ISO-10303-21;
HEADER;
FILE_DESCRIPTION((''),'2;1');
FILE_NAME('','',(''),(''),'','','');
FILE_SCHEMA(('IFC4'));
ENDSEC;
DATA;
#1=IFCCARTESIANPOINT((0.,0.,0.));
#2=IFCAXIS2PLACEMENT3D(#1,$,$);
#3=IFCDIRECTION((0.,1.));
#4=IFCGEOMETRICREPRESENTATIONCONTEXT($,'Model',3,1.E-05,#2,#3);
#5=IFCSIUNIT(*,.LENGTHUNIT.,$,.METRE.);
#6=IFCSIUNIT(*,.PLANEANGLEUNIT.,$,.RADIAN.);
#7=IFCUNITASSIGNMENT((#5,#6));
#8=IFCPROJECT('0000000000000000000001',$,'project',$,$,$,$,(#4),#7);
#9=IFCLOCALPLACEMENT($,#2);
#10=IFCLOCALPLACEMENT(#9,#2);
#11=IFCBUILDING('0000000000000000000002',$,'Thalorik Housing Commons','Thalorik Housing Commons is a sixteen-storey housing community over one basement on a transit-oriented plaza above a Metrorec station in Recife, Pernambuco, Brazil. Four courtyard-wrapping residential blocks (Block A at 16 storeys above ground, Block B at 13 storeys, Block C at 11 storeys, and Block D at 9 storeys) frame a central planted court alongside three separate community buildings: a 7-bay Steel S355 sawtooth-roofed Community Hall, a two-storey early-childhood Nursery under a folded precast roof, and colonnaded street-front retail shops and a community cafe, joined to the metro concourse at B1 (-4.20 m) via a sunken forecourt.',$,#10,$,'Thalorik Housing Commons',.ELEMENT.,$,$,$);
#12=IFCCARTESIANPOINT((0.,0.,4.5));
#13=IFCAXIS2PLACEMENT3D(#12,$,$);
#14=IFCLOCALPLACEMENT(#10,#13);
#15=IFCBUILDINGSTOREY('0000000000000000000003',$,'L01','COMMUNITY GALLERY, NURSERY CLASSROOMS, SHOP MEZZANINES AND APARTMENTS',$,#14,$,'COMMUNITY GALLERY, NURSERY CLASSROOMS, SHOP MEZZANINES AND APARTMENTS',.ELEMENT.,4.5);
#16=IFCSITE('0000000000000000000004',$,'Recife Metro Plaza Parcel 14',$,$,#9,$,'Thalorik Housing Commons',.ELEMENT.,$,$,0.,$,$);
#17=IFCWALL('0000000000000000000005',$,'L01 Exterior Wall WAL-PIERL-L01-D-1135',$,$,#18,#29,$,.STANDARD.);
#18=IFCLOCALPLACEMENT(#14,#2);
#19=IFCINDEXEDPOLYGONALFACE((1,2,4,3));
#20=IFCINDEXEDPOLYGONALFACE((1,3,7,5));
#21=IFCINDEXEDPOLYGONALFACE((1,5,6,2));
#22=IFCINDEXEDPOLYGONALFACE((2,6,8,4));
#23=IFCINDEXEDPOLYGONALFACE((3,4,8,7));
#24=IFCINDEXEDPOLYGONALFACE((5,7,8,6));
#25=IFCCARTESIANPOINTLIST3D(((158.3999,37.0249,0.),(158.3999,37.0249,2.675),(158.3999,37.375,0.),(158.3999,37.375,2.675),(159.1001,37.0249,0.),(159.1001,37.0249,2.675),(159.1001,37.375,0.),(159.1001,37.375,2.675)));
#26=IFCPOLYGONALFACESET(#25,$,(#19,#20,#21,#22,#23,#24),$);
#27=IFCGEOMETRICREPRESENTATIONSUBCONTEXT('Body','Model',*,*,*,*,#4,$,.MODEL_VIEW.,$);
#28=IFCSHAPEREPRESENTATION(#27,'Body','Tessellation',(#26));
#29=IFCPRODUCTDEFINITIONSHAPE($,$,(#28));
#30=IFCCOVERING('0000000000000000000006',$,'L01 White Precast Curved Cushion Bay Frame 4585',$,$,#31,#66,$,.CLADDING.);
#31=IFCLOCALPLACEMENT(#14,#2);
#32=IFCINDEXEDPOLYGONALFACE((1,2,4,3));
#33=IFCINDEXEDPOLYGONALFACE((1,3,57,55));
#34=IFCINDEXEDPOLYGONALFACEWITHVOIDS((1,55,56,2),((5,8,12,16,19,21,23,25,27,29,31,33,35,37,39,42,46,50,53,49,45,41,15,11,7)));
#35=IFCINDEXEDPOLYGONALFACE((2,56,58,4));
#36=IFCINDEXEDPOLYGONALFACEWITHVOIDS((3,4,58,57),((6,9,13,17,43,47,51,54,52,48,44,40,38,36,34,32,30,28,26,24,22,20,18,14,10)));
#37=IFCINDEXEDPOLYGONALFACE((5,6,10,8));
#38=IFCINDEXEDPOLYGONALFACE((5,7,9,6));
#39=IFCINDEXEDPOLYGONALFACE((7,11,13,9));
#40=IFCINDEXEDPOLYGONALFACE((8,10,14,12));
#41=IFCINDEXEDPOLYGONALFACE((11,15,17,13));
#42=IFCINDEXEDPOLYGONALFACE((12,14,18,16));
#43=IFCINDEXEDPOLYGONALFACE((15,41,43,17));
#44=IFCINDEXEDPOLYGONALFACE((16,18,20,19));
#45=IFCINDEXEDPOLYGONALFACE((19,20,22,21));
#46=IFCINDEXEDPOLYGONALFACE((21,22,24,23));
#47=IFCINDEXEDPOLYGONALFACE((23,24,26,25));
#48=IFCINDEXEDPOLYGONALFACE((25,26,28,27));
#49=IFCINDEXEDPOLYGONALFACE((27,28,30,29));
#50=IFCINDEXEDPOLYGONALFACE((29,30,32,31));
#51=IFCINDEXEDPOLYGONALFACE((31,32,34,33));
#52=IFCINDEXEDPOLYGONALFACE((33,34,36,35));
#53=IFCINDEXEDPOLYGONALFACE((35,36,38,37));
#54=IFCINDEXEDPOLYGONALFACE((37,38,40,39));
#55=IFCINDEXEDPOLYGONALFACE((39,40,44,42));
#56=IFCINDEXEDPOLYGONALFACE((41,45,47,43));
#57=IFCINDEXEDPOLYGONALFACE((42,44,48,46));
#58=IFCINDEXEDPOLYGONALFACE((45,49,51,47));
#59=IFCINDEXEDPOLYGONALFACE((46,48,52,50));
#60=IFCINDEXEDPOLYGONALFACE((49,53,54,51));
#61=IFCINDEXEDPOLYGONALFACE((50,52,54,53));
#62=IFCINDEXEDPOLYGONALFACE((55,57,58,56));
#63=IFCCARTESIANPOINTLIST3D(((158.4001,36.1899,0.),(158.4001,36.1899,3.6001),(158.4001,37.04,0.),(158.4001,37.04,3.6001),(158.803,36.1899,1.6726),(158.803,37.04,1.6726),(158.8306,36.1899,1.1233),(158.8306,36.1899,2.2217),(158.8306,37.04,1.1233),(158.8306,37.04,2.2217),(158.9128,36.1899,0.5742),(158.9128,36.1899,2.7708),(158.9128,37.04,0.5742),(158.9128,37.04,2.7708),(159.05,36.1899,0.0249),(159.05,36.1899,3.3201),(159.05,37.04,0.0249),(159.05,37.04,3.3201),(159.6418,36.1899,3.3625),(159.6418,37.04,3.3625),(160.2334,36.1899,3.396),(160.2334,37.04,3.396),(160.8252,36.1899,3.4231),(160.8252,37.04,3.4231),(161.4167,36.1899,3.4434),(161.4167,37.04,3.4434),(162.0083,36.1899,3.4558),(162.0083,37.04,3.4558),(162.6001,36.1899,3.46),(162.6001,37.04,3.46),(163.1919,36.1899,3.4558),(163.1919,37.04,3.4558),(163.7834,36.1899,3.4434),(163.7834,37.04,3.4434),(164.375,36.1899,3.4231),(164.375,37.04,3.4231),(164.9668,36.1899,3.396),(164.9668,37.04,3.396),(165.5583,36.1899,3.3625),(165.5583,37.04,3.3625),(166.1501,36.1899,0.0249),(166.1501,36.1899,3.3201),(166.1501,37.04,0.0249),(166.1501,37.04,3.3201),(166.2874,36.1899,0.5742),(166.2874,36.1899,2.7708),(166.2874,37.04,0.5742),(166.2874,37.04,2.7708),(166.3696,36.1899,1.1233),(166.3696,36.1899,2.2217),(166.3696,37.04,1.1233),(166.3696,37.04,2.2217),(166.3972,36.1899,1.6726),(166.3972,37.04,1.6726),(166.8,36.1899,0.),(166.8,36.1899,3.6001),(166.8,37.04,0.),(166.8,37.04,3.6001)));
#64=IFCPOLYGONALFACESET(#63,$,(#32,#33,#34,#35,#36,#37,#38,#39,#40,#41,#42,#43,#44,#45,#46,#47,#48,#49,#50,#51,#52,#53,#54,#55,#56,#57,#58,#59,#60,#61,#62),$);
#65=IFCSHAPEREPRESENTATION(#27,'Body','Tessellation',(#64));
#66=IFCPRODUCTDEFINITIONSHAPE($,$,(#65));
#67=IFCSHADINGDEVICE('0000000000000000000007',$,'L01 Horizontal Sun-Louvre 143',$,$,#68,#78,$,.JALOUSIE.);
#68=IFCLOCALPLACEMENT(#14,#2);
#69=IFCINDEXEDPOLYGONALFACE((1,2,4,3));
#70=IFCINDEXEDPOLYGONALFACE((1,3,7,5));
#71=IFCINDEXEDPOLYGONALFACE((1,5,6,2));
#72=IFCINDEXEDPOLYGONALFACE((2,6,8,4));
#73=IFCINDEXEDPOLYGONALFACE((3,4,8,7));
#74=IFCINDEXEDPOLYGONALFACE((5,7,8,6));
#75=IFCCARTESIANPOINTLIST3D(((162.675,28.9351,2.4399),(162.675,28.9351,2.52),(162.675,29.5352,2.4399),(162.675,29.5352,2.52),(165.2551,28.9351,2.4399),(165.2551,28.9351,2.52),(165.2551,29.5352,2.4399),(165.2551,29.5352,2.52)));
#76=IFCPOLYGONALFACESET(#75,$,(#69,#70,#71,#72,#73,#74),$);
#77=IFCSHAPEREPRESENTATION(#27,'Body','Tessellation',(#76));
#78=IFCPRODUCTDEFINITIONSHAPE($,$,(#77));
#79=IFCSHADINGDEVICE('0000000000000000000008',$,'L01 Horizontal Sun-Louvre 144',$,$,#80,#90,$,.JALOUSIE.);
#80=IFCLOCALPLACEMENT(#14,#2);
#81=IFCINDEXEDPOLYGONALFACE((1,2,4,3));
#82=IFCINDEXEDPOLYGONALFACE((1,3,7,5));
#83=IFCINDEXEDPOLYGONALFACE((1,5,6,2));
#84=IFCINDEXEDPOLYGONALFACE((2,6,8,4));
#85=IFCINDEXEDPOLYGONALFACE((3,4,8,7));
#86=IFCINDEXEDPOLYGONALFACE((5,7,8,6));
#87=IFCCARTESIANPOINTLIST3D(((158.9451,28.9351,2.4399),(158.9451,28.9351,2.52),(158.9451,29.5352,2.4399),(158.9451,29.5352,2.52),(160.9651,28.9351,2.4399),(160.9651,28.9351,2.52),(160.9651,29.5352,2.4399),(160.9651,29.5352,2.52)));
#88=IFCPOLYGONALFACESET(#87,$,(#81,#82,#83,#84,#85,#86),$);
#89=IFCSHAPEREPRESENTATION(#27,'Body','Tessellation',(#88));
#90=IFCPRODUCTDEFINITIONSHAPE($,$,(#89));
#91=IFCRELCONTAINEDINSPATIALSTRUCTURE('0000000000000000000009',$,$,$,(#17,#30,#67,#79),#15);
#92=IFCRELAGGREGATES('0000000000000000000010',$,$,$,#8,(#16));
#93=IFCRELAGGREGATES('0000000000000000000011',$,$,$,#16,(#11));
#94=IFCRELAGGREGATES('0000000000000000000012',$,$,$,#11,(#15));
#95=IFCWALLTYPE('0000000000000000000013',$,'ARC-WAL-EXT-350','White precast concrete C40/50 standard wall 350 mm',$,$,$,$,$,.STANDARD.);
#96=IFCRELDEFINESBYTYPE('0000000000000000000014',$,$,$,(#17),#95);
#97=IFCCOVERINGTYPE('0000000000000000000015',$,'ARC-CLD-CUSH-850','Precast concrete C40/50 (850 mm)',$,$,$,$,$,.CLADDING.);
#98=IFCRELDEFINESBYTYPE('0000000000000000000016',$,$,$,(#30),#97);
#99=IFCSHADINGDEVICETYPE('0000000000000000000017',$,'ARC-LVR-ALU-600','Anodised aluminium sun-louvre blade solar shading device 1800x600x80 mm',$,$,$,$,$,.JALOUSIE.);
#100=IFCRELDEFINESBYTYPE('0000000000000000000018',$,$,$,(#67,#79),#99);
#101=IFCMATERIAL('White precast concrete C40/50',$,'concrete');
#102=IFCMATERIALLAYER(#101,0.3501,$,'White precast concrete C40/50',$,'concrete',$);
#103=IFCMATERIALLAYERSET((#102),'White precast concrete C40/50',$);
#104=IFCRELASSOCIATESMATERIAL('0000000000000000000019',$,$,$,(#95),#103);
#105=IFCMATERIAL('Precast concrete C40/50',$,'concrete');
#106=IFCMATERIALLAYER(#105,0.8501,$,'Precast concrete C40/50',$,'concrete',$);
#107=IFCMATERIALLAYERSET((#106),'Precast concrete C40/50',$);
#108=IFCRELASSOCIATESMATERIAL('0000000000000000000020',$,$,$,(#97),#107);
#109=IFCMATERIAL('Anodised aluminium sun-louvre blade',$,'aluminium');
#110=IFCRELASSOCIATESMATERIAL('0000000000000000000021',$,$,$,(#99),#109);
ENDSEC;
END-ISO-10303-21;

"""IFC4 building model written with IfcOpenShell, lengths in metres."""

from ifc_helpers import new_model, si_unit, direction, frame, frame_2d, origin, origin_2d, place, context, subcontext, project, spatial, polyline, rectangle, outline, extrude, material, layer, layer_set, type_object, element, save


model = new_model("IFC4")

# Units and contexts
model_context = context("Model", 3, precision=1e-05, world=origin(), true_north=direction((0.0, 1.0)))
body_context = subcontext(model_context, "Body", "Model", "MODEL_VIEW")
ifc_project = project(units=[si_unit("LENGTHUNIT", "METRE"), si_unit("PLANEANGLEUNIT", "RADIAN")], contexts=[model_context])

# Site, building, storey
site_placement = place(None, origin())
site = spatial("IfcSite", under=ifc_project, at=site_placement, Name="Recife Metro Plaza Parcel 14", LongName="Thalorik Housing Commons", CompositionType="ELEMENT", RefElevation=0.0)
building_placement = place(site_placement, origin())
building = spatial("IfcBuilding", under=site, at=building_placement, Name="Thalorik Housing Commons", Description="Thalorik Housing Commons is a sixteen-storey housing community over one basement on a transit-oriented plaza above a Metrorec station in Recife, Pernambuco, Brazil. Four courtyard-wrapping residential blocks (Block A at 16 storeys above ground, Block B at 13 storeys, Block C at 11 storeys, and Block D at 9 storeys) frame a central planted court alongside three separate community buildings: a 7-bay Steel S355 sawtooth-roofed Community Hall, a two-storey early-childhood Nursery under a folded precast roof, and colonnaded street-front retail shops and a community cafe, joined to the metro concourse at B1 (-4.20 m) via a sunken forecourt.", LongName="Thalorik Housing Commons", CompositionType="ELEMENT")
storey_placement = place(building_placement, frame((0.0, 0.0, 4.5)))
storey = spatial("IfcBuildingStorey", under=building, at=storey_placement, Name="L01", Description="COMMUNITY GALLERY, NURSERY CLASSROOMS, SHOP MEZZANINES AND APARTMENTS", LongName="COMMUNITY GALLERY, NURSERY CLASSROOMS, SHOP MEZZANINES AND APARTMENTS", CompositionType="ELEMENT", Elevation=4.5)

# Shared definitions
ifc_material_1 = material(Name="Precast concrete C40/50", Category="concrete")

# Wall
ifc_material_2 = material(Name="White precast concrete C40/50", Category="concrete")
ifc_layer_1 = layer(ifc_material_2, 0.3501, Name="White precast concrete C40/50", Category="concrete")
ifc_layer_set_1 = layer_set([ifc_layer_1], Name="White precast concrete C40/50")
wall_type_1 = type_object("IfcWallType", Name="ARC-WAL-EXT-350", Description="White precast concrete C40/50 standard wall 350 mm", PredefinedType="STANDARD", material=ifc_layer_set_1)
wall_1_placement = place(storey_placement, frame((158.3999, 37.2, 0.0), z_axis=(0.0, 0.0, 1.0), x_axis=(1.0, 0.0, 0.0)))
element("IfcWall", 1, at=wall_1_placement, inside=storey, type_object=wall_type_1, Name="L01 Exterior Wall WAL-PIERL-L01-D-1135", PredefinedType="STANDARD", context=body_context, shape_type="SweptSolid", body=[
    extrude(rectangle(XDim=0.7002, YDim=0.3501, at=frame_2d((0.3501, 0.0))), origin(), (0.0, 0.0, 1.0), 2.675),
])

# Covering
ifc_layer_2 = layer(ifc_material_1, 0.8501, Name="Precast concrete C40/50", Category="concrete")
ifc_layer_set_2 = layer_set([ifc_layer_2], Name="Precast concrete C40/50")
covering_type = type_object("IfcCoveringType", Name="ARC-CLD-CUSH-850", Description="Precast concrete C40/50 (850 mm)", PredefinedType="CLADDING", material=ifc_layer_set_2)
covering_placement = place(storey_placement, frame((162.6001, 36.615, 0.0), z_axis=(0.0, 0.0, 1.0), x_axis=(1.0, 0.0, 0.0)))
element("IfcCovering", 2, at=covering_placement, inside=storey, type_object=covering_type, Name="L01 White Precast Curved Cushion Bay Frame 4585", PredefinedType="CLADDING", context=body_context, shape_type="SweptSolid", body=[
    extrude(outline(polyline([(-4.2, 0.0), (4.2, 0.0), (4.2, 3.6001), (-4.2, 3.6001), (-4.2, 0.0)]), holes=[polyline([(3.55, 0.0249), (3.6873, 0.5742), (3.7695, 1.1233), (3.7971, 1.6726), (3.7695, 2.2217), (3.6873, 2.7708), (3.55, 3.3201), (2.9583, 3.3625), (2.3667, 3.396), (1.7749, 3.4231), (1.1833, 3.4434), (0.5918, 3.4558), (0.0, 3.46), (-0.5918, 3.4558), (-1.1833, 3.4434), (-1.7749, 3.4231), (-2.3667, 3.396), (-2.9583, 3.3625), (-3.55, 3.3201), (-3.6873, 2.7708), (-3.7695, 2.2217), (-3.7971, 1.6726), (-3.7695, 1.1233), (-3.6873, 0.5742), (-3.55, 0.0249), (3.55, 0.0249)])]), frame((0.0, 0.425, 0.0), z_axis=(0.0, -1.0, 0.0), x_axis=(1.0, 0.0, 0.0)), (0.0, 0.0, 1.0), 0.8501),
])

# Shading devices
ifc_material_3 = material(Name="Anodised aluminium sun-louvre blade", Category="aluminium")
shading_device_type = type_object("IfcShadingDeviceType", Name="ARC-LVR-ALU-600", Description="Anodised aluminium sun-louvre blade solar shading device 1800x600x80 mm", PredefinedType="JALOUSIE", material=ifc_material_3)
shading_device_1_placement = place(storey_placement, frame((163.9651, 29.2351, 2.4399), z_axis=(0.0, 0.0, 1.0), x_axis=(-1.0, 0.0, 0.0)))
element("IfcShadingDevice", 3, at=shading_device_1_placement, inside=storey, type_object=shading_device_type, Name="L01 Horizontal Sun-Louvre 143", PredefinedType="JALOUSIE", context=body_context, shape_type="SweptSolid", body=[
    extrude(rectangle(XDim=2.5801, YDim=0.6001, at=origin_2d()), origin(), (0.0, 0.0, 1.0), 0.0801),
])
shading_device_2_placement = place(storey_placement, frame((159.9551, 29.2351, 2.4399), z_axis=(0.0, 0.0, 1.0), x_axis=(-1.0, 0.0, 0.0)))
element("IfcShadingDevice", 4, at=shading_device_2_placement, inside=storey, type_object=shading_device_type, Name="L01 Horizontal Sun-Louvre 144", PredefinedType="JALOUSIE", context=body_context, shape_type="SweptSolid", body=[
    extrude(rectangle(XDim=2.02, YDim=0.6001, at=origin_2d()), origin(), (0.0, 0.0, 1.0), 0.0801),
])

save(model, "model.ifc")
